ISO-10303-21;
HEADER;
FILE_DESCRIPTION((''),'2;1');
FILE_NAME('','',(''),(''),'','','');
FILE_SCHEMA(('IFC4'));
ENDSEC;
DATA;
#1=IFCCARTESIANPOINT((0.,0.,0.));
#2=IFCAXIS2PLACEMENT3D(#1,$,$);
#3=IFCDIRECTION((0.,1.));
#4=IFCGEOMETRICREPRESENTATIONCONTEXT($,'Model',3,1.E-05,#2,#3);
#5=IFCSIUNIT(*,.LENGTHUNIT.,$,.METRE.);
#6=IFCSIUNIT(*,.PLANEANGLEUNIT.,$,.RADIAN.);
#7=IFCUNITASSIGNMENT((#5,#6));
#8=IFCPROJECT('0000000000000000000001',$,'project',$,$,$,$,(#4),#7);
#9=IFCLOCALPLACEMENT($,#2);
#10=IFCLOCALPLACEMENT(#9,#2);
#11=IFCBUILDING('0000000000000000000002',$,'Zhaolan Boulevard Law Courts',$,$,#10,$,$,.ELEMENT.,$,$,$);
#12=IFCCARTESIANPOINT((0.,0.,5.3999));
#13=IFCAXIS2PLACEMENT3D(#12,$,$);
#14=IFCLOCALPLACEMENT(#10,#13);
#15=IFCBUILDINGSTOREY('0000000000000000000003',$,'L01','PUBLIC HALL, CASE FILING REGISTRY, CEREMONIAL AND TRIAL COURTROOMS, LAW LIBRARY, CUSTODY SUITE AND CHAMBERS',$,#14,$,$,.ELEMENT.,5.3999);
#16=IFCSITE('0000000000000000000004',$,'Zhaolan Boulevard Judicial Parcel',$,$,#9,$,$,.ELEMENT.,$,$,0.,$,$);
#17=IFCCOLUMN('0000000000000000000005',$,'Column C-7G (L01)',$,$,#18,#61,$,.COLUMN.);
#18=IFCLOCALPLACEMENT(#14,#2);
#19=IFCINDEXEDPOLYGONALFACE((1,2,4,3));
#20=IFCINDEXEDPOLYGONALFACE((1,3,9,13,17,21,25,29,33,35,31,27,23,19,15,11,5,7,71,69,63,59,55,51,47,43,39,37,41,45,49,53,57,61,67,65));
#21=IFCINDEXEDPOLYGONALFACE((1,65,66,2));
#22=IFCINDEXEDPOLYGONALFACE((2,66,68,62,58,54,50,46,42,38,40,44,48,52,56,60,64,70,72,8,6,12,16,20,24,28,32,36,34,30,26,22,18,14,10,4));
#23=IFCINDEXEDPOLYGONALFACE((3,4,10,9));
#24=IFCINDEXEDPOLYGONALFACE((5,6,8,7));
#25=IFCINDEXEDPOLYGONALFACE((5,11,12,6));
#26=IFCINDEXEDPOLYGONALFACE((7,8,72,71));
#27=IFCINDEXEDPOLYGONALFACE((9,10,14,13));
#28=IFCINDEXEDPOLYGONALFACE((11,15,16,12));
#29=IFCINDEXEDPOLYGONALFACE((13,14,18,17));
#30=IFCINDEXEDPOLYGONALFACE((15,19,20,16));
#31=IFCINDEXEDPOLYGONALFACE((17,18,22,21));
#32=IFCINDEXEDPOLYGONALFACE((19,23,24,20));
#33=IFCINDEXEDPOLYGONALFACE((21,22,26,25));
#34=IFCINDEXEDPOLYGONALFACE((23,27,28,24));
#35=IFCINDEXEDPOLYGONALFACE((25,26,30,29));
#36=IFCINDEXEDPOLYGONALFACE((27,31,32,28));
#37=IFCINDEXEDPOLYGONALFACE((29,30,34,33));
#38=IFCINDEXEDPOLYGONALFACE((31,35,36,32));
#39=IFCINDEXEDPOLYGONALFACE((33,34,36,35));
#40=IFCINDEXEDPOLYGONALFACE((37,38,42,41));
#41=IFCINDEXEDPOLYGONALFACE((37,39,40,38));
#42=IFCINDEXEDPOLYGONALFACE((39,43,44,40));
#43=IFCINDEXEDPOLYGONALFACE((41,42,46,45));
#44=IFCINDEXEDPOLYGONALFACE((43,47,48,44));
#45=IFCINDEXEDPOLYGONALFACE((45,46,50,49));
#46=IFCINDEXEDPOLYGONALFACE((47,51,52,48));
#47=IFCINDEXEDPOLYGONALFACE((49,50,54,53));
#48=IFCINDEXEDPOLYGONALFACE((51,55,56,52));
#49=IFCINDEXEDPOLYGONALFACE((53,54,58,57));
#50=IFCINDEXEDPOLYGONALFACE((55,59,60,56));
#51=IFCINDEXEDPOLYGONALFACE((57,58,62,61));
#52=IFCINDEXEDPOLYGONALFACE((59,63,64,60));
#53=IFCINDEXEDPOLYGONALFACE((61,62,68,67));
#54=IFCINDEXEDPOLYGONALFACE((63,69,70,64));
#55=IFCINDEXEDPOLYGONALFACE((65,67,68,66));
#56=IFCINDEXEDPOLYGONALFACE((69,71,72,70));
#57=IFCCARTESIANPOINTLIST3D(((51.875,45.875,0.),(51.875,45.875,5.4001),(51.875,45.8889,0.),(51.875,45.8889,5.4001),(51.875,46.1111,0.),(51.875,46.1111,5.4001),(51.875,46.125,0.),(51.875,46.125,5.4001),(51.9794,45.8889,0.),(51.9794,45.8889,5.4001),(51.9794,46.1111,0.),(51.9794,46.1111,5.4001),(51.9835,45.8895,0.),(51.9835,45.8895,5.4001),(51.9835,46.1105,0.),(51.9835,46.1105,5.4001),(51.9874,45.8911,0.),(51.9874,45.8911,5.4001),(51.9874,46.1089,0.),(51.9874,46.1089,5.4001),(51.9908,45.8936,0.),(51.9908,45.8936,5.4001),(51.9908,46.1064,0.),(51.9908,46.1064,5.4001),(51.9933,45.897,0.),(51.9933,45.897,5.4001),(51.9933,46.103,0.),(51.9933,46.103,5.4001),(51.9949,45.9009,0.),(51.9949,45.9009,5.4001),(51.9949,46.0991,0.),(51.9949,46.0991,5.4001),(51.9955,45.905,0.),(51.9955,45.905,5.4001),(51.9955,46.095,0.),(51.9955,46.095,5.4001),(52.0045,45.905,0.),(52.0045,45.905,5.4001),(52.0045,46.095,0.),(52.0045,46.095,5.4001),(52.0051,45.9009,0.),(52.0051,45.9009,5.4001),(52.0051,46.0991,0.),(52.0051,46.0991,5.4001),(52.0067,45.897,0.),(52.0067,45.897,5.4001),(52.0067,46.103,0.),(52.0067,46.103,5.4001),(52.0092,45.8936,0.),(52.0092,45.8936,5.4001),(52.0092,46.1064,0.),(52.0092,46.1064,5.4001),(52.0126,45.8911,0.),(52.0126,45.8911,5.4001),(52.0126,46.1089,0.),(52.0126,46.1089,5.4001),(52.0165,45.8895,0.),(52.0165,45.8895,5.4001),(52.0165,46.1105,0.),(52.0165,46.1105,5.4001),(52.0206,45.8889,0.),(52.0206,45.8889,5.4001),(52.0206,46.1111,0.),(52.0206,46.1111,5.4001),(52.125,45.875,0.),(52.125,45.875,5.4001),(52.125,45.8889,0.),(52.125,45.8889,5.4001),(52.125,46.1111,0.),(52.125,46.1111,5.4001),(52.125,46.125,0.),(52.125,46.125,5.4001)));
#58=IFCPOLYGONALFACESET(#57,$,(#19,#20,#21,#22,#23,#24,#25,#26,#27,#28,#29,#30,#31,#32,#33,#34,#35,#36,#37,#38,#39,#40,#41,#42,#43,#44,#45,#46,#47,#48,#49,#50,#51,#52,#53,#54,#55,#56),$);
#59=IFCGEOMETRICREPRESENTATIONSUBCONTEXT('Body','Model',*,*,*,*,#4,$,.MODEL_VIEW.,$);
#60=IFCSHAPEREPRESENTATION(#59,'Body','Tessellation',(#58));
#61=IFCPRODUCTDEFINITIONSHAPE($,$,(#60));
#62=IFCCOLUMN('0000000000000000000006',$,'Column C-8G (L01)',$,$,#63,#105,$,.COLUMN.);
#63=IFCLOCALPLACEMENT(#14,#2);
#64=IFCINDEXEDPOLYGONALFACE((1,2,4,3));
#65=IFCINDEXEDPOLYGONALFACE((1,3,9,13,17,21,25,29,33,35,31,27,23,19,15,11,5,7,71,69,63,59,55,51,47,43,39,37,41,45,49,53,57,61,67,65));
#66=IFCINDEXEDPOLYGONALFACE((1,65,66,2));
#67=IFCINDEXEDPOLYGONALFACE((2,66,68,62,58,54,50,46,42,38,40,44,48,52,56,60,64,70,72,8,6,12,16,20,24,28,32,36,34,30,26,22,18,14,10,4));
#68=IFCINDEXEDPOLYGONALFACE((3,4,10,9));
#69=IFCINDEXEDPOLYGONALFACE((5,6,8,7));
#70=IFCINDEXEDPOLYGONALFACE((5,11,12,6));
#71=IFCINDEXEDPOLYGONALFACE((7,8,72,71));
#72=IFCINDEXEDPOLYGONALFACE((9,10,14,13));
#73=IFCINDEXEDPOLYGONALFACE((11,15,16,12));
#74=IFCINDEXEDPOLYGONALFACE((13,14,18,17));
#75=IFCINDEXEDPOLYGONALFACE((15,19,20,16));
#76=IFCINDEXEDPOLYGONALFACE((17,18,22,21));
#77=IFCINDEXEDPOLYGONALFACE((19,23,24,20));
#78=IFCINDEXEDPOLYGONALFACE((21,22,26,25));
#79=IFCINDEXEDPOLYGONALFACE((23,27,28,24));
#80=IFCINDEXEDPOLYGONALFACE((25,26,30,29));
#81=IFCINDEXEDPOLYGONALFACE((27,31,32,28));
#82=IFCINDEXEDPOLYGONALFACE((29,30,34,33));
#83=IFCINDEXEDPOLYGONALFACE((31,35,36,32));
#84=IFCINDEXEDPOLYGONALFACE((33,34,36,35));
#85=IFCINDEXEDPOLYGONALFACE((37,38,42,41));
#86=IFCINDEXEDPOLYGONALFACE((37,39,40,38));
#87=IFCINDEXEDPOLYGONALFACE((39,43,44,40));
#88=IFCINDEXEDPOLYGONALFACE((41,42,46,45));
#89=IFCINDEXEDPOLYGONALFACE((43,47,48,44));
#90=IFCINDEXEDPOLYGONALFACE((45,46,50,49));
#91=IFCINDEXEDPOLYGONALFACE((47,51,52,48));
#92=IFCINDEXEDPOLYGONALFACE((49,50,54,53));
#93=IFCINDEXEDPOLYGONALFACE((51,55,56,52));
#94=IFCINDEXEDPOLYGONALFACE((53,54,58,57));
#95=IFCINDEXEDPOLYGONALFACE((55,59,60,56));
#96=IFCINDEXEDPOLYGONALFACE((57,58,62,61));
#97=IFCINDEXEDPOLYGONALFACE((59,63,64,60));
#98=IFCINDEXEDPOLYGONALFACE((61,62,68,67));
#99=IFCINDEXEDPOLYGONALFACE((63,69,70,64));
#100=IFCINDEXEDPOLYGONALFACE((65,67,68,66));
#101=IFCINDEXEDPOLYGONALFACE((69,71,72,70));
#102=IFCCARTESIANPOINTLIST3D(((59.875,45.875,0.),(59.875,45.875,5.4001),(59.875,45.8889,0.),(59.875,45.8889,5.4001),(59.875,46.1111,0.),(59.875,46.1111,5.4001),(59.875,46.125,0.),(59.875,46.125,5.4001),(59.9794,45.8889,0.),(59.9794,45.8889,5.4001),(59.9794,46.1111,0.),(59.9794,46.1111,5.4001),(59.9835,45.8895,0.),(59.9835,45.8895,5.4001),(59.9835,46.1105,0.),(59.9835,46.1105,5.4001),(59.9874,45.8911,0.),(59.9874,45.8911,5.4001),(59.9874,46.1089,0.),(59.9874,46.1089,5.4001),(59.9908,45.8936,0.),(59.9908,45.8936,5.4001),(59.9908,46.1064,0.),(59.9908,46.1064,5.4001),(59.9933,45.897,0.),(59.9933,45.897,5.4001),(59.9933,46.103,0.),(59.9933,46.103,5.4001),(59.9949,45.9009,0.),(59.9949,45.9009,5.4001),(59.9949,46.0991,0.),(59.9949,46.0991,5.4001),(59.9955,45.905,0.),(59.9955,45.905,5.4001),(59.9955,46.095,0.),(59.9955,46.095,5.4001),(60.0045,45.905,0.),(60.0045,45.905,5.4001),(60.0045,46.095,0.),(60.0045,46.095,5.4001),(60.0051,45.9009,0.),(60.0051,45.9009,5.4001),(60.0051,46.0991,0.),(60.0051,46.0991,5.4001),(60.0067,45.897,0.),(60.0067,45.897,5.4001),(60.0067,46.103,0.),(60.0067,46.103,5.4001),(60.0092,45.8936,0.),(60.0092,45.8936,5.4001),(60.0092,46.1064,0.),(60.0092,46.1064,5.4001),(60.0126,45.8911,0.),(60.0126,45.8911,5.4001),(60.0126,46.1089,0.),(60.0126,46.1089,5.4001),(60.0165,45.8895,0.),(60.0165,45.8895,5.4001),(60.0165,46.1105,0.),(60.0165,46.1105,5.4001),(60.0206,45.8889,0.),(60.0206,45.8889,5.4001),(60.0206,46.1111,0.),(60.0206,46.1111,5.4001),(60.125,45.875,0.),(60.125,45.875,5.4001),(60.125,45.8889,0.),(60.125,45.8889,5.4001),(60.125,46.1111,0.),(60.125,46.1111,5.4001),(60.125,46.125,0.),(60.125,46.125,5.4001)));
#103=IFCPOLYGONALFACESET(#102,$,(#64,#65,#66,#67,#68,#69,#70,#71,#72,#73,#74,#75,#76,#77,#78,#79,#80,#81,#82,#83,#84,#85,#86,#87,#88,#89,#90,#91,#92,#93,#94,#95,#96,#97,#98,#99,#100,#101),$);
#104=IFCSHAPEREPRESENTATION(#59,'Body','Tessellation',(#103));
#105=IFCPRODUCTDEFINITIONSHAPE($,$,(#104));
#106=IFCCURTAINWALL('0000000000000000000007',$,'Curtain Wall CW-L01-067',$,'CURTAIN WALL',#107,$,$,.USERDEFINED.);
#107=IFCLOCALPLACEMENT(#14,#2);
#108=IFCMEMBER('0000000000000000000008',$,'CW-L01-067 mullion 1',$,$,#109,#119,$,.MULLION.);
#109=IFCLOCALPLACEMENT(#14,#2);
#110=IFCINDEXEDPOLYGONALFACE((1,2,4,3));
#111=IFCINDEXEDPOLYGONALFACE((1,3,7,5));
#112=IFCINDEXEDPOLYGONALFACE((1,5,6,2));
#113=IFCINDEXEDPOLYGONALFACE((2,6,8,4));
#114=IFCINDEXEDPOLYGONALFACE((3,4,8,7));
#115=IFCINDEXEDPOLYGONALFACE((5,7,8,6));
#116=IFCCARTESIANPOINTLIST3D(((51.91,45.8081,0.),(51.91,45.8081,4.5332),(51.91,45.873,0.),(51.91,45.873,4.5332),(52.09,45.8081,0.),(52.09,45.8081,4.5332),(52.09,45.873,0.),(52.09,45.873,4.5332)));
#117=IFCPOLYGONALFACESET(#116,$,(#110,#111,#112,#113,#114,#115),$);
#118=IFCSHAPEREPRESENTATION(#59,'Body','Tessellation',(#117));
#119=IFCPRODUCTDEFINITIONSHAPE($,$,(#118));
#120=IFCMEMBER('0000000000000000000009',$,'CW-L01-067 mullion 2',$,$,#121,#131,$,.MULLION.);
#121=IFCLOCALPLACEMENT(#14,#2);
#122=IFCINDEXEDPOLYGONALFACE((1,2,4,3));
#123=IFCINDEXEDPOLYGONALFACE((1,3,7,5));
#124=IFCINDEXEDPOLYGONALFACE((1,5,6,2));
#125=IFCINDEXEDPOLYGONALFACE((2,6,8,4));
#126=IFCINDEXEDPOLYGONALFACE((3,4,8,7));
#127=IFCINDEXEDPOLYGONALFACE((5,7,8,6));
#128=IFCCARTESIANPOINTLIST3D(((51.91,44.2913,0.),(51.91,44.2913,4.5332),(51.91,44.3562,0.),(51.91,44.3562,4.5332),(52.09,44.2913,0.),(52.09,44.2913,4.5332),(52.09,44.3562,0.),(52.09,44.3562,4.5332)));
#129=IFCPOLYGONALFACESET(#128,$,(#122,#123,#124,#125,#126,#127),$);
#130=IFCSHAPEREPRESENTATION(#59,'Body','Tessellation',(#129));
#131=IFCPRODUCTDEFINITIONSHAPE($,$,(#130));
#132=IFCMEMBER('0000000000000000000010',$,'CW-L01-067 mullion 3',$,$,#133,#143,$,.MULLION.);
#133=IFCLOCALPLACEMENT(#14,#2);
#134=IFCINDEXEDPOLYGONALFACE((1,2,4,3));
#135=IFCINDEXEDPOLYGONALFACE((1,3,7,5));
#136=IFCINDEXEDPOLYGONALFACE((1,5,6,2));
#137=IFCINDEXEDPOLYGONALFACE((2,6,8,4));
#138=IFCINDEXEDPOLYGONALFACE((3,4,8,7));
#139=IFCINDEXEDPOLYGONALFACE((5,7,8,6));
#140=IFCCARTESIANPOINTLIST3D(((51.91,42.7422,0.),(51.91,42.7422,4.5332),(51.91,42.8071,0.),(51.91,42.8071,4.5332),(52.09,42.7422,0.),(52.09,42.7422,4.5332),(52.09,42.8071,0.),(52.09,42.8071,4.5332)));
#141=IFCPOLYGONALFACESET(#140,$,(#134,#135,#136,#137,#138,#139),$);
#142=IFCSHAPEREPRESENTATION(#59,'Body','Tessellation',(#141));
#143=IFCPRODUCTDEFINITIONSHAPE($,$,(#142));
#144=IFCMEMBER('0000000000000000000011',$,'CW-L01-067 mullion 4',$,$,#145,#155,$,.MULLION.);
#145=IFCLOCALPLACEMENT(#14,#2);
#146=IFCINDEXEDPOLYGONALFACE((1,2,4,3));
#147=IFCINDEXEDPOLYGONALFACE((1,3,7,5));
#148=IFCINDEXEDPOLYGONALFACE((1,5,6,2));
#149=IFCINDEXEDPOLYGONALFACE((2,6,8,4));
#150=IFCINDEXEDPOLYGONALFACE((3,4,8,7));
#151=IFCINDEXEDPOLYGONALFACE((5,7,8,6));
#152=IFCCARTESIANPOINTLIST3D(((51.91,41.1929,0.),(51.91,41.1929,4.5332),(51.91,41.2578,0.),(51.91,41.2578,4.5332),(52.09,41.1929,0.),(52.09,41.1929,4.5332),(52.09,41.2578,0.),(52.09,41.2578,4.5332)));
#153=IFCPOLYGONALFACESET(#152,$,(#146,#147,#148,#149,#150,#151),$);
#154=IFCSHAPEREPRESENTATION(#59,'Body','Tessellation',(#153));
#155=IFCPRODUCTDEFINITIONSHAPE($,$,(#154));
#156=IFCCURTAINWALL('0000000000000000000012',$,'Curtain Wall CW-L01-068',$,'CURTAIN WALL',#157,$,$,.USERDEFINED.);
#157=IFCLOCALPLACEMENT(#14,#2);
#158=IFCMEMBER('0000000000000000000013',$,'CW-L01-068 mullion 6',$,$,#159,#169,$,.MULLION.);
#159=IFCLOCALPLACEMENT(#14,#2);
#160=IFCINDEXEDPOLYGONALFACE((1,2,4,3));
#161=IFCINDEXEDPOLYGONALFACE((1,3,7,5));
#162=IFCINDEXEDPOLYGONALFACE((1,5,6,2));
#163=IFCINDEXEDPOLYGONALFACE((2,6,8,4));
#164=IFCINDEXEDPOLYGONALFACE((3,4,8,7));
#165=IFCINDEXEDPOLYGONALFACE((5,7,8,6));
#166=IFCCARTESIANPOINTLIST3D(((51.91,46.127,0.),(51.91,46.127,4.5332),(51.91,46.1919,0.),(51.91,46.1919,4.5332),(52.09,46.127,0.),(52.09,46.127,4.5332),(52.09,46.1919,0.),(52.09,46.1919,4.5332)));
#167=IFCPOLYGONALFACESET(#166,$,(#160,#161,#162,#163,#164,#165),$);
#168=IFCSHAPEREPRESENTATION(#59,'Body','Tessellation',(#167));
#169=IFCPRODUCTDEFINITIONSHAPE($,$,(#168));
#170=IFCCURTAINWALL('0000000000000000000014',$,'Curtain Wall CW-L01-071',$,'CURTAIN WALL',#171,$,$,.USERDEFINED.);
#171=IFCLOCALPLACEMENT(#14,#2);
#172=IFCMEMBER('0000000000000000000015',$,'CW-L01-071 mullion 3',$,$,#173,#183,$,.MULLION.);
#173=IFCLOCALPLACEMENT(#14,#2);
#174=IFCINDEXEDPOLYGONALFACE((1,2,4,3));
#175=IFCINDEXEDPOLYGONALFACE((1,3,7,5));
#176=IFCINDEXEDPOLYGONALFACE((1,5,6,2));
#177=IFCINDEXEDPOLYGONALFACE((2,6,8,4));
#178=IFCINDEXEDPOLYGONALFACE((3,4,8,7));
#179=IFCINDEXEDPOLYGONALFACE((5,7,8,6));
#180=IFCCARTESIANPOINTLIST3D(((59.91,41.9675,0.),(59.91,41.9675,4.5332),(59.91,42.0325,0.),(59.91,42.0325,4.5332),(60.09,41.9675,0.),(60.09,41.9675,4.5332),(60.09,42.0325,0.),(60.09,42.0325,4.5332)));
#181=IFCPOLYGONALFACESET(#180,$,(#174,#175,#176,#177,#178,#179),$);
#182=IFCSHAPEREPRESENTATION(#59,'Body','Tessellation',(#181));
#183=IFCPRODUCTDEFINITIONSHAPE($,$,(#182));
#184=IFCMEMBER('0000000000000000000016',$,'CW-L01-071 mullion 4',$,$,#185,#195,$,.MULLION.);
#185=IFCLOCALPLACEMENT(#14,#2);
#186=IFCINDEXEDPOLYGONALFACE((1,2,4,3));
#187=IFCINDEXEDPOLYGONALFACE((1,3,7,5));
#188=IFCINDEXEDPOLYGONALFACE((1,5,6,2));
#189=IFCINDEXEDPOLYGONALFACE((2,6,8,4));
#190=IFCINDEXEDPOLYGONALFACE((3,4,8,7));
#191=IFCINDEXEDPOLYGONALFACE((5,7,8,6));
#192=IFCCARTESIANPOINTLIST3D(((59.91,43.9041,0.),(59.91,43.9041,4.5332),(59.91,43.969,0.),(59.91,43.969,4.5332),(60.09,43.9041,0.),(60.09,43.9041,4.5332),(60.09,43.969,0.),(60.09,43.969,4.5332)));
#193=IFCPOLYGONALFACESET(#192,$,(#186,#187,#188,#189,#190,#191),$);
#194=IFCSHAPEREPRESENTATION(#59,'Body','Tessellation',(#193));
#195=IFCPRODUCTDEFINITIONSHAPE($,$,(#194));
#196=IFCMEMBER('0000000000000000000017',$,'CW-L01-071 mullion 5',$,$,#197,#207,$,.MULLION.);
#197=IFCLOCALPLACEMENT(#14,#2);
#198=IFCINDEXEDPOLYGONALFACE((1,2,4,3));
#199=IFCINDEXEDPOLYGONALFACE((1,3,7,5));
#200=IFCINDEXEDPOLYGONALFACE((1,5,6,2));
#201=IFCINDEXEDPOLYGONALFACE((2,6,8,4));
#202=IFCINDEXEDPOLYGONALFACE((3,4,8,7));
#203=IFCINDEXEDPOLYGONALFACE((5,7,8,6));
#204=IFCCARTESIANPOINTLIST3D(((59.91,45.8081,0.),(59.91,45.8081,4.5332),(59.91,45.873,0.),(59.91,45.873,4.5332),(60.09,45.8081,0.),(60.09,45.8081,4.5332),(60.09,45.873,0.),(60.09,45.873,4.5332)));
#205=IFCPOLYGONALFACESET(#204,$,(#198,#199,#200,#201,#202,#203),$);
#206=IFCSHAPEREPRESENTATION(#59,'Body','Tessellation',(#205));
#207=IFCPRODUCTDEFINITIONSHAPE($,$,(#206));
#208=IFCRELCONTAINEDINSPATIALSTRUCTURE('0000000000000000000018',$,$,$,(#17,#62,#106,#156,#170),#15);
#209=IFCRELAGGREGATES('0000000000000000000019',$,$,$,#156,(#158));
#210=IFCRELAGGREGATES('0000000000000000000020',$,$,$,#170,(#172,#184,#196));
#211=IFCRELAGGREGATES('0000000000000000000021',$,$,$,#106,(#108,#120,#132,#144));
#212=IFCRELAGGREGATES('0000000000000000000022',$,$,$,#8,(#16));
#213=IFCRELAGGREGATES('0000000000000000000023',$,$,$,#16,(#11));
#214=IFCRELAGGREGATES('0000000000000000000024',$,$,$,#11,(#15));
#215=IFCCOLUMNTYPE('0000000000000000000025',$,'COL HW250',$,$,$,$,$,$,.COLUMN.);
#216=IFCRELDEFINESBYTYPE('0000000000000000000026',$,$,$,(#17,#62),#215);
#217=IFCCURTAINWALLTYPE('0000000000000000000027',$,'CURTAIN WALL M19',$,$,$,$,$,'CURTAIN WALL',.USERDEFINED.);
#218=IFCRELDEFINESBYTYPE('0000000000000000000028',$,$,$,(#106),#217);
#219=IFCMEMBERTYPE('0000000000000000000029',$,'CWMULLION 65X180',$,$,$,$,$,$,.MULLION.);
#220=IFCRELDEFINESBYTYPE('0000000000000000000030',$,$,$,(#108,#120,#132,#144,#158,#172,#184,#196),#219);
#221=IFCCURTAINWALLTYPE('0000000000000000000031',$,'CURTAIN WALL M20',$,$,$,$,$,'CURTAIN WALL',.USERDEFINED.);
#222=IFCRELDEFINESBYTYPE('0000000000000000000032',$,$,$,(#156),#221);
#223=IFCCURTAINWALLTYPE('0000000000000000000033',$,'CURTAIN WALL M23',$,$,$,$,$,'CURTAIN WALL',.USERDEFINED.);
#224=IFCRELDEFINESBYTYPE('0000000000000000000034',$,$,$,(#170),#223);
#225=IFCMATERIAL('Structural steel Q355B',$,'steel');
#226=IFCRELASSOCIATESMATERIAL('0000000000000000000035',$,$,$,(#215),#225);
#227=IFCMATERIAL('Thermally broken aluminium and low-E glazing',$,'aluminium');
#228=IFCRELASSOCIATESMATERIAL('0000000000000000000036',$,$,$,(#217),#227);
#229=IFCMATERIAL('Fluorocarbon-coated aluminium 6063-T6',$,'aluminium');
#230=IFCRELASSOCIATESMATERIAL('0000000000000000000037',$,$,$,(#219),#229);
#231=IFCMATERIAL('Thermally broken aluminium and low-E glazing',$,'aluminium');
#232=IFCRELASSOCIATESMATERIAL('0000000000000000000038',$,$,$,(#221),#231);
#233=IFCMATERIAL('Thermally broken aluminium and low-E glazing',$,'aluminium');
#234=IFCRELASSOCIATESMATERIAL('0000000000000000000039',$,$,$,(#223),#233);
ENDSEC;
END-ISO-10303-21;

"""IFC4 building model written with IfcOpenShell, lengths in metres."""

from ifc_helpers import new_model, si_unit, direction, frame, origin, origin_2d, place, context, subcontext, project, spatial, rectangle, i_section, extrude, material, material_profile, profile_set, type_object, element, aggregate, save


model = new_model("IFC4")

# Units and contexts
model_context = context("Model", 3, precision=1e-05, world=origin(), true_north=direction((0.0, 1.0)))
body_context = subcontext(model_context, "Body", "Model", "MODEL_VIEW")
ifc_project = project(units=[si_unit("LENGTHUNIT", "METRE"), si_unit("PLANEANGLEUNIT", "RADIAN")], contexts=[model_context])

# Site, building, storey
site_placement = place(None, origin())
site = spatial("IfcSite", under=ifc_project, at=site_placement, Name="Zhaolan Boulevard Judicial Parcel", CompositionType="ELEMENT", RefElevation=0.0)
building_placement = place(site_placement, origin())
building = spatial("IfcBuilding", under=site, at=building_placement, Name="Zhaolan Boulevard Law Courts", CompositionType="ELEMENT")
storey_placement = place(building_placement, frame((0.0, 0.0, 5.3999)))
storey = spatial("IfcBuildingStorey", under=building, at=storey_placement, Name="L01", Description="PUBLIC HALL, CASE FILING REGISTRY, CEREMONIAL AND TRIAL COURTROOMS, LAW LIBRARY, CUSTODY SUITE AND CHAMBERS", CompositionType="ELEMENT", Elevation=5.3999)

# Columns
ifc_material_1 = material(Name="Structural steel Q355B", Category="steel")
ifc_material_profile_1 = material_profile(ifc_material_1, i_section(OverallWidth=0.25, OverallDepth=0.25, WebThickness=0.009, FlangeThickness=0.0139, FilletRadius=0.0161, at=origin_2d()), Name="HW250x250")
ifc_profile_set_1 = profile_set([ifc_material_profile_1], Name="Structural steel Q355B")
column_type = type_object("IfcColumnType", Name="COL HW250", PredefinedType="COLUMN", material=ifc_profile_set_1)
for number, where, z_axis, x_axis, name in (
    (1, (52.0, 46.0, 0.0), (0.0, 0.0, 1.0), (1.0, 0.0, 0.0), "Column C-7G (L01)"),
    (2, (60.0, 46.0, 0.0), (0.0, 0.0, 1.0), (1.0, 0.0, 0.0), "Column C-8G (L01)"),
):
    element("IfcColumn", number, at=place(storey_placement, frame(where, z_axis=z_axis, x_axis=x_axis)), inside=storey, type_object=column_type, Name=name, PredefinedType="COLUMN", context=body_context, shape_type="SweptSolid", body=[
        extrude(i_section(OverallWidth=0.25, OverallDepth=0.25, WebThickness=0.009, FlangeThickness=0.0139, FilletRadius=0.0161, at=origin_2d()), origin(), (0.0, 0.0, 1.0), 5.4001),
    ])

# Curtain wall, members
ifc_material_2 = material(Name="Thermally broken aluminium and low-E glazing", Category="aluminium")
curtain_wall_type_1 = type_object("IfcCurtainWallType", Name="CURTAIN WALL M19", ElementType="CURTAIN WALL", PredefinedType="USERDEFINED", material=ifc_material_2)
curtain_wall_1_placement = place(storey_placement, origin())
curtain_wall_1 = element("IfcCurtainWall", 3, at=curtain_wall_1_placement, inside=storey, type_object=curtain_wall_type_1, Name="Curtain Wall CW-L01-067", ObjectType="CURTAIN WALL", PredefinedType="USERDEFINED")
ifc_material_3 = material(Name="Fluorocarbon-coated aluminium 6063-T6", Category="aluminium")
ifc_material_profile_2 = material_profile(ifc_material_3, rectangle(XDim=0.1799, YDim=0.0649, at=origin_2d()), Name="AL65x180")
ifc_profile_set_2 = profile_set([ifc_material_profile_2], Name="Fluorocarbon-coated aluminium 6063-T6")
member_type_1 = type_object("IfcMemberType", Name="CWMULLION 65X180", PredefinedType="MULLION", material=ifc_profile_set_2)
member_1_placement = place(storey_placement, frame((52.0, 45.8406, 0.0), z_axis=(0.0, 0.0, 1.0), x_axis=(1.0, 0.0, 0.0)))
member_1 = element("IfcMember", 4, at=member_1_placement, type_object=member_type_1, Name="CW-L01-067 mullion 1", PredefinedType="MULLION", context=body_context, shape_type="SweptSolid", body=[
    extrude(rectangle(XDim=0.1799, YDim=0.0649, at=origin_2d()), origin(), (0.0, 0.0, 1.0), 4.5332),
])
member_2_placement = place(storey_placement, frame((52.0, 44.3237, 0.0), z_axis=(0.0, 0.0, 1.0), x_axis=(1.0, 0.0, 0.0)))
member_2 = element("IfcMember", 5, at=member_2_placement, type_object=member_type_1, Name="CW-L01-067 mullion 2", PredefinedType="MULLION", context=body_context, shape_type="SweptSolid", body=[
    extrude(rectangle(XDim=0.1799, YDim=0.0649, at=origin_2d()), origin(), (0.0, 0.0, 1.0), 4.5332),
])
member_3_placement = place(storey_placement, frame((52.0, 42.7747, 0.0), z_axis=(0.0, 0.0, 1.0), x_axis=(1.0, 0.0, 0.0)))
member_3 = element("IfcMember", 6, at=member_3_placement, type_object=member_type_1, Name="CW-L01-067 mullion 3", PredefinedType="MULLION", context=body_context, shape_type="SweptSolid", body=[
    extrude(rectangle(XDim=0.1799, YDim=0.0649, at=origin_2d()), origin(), (0.0, 0.0, 1.0), 4.5332),
])
member_4_placement = place(storey_placement, frame((52.0, 41.2253, 0.0), z_axis=(0.0, 0.0, 1.0), x_axis=(1.0, 0.0, 0.0)))
member_4 = element("IfcMember", 7, at=member_4_placement, type_object=member_type_1, Name="CW-L01-067 mullion 4", PredefinedType="MULLION", context=body_context, shape_type="SweptSolid", body=[
    extrude(rectangle(XDim=0.1799, YDim=0.0649, at=origin_2d()), origin(), (0.0, 0.0, 1.0), 4.5332),
])

# Curtain wall, member
ifc_material_4 = material(Name="Thermally broken aluminium and low-E glazing", Category="aluminium")
curtain_wall_type_2 = type_object("IfcCurtainWallType", Name="CURTAIN WALL M20", ElementType="CURTAIN WALL", PredefinedType="USERDEFINED", material=ifc_material_4)
curtain_wall_2_placement = place(storey_placement, origin())
curtain_wall_2 = element("IfcCurtainWall", 8, at=curtain_wall_2_placement, inside=storey, type_object=curtain_wall_type_2, Name="Curtain Wall CW-L01-068", ObjectType="CURTAIN WALL", PredefinedType="USERDEFINED")
member_5_placement = place(storey_placement, frame((52.0, 46.1594, 0.0), z_axis=(0.0, 0.0, 1.0), x_axis=(1.0, 0.0, 0.0)))
member_5 = element("IfcMember", 9, at=member_5_placement, type_object=member_type_1, Name="CW-L01-068 mullion 6", PredefinedType="MULLION", context=body_context, shape_type="SweptSolid", body=[
    extrude(rectangle(XDim=0.1799, YDim=0.0649, at=origin_2d()), origin(), (0.0, 0.0, 1.0), 4.5332),
])
aggregate(curtain_wall_2, [member_5])

# Curtain wall, members
ifc_material_5 = material(Name="Thermally broken aluminium and low-E glazing", Category="aluminium")
curtain_wall_type_3 = type_object("IfcCurtainWallType", Name="CURTAIN WALL M23", ElementType="CURTAIN WALL", PredefinedType="USERDEFINED", material=ifc_material_5)
curtain_wall_3_placement = place(storey_placement, origin())
curtain_wall_3 = element("IfcCurtainWall", 10, at=curtain_wall_3_placement, inside=storey, type_object=curtain_wall_type_3, Name="Curtain Wall CW-L01-071", ObjectType="CURTAIN WALL", PredefinedType="USERDEFINED")
member_6_placement = place(storey_placement, frame((60.0, 42.0, 0.0), z_axis=(0.0, 0.0, 1.0), x_axis=(-1.0, 0.0, 0.0)))
member_6 = element("IfcMember", 11, at=member_6_placement, type_object=member_type_1, Name="CW-L01-071 mullion 3", PredefinedType="MULLION", context=body_context, shape_type="SweptSolid", body=[
    extrude(rectangle(XDim=0.1799, YDim=0.0649, at=origin_2d()), origin(), (0.0, 0.0, 1.0), 4.5332),
])
member_7_placement = place(storey_placement, frame((60.0, 43.9365, 0.0), z_axis=(0.0, 0.0, 1.0), x_axis=(-1.0, 0.0, 0.0)))
member_7 = element("IfcMember", 12, at=member_7_placement, type_object=member_type_1, Name="CW-L01-071 mullion 4", PredefinedType="MULLION", context=body_context, shape_type="SweptSolid", body=[
    extrude(rectangle(XDim=0.1799, YDim=0.0649, at=origin_2d()), origin(), (0.0, 0.0, 1.0), 4.5332),
])
member_8_placement = place(storey_placement, frame((60.0, 45.8406, 0.0), z_axis=(0.0, 0.0, 1.0), x_axis=(-1.0, 0.0, 0.0)))
member_8 = element("IfcMember", 13, at=member_8_placement, type_object=member_type_1, Name="CW-L01-071 mullion 5", PredefinedType="MULLION", context=body_context, shape_type="SweptSolid", body=[
    extrude(rectangle(XDim=0.1799, YDim=0.0649, at=origin_2d()), origin(), (0.0, 0.0, 1.0), 4.5332),
])
aggregate(curtain_wall_3, [member_6, member_7, member_8])

aggregate(curtain_wall_1, [member_1, member_2, member_3, member_4])

save(model, "model.ifc")
